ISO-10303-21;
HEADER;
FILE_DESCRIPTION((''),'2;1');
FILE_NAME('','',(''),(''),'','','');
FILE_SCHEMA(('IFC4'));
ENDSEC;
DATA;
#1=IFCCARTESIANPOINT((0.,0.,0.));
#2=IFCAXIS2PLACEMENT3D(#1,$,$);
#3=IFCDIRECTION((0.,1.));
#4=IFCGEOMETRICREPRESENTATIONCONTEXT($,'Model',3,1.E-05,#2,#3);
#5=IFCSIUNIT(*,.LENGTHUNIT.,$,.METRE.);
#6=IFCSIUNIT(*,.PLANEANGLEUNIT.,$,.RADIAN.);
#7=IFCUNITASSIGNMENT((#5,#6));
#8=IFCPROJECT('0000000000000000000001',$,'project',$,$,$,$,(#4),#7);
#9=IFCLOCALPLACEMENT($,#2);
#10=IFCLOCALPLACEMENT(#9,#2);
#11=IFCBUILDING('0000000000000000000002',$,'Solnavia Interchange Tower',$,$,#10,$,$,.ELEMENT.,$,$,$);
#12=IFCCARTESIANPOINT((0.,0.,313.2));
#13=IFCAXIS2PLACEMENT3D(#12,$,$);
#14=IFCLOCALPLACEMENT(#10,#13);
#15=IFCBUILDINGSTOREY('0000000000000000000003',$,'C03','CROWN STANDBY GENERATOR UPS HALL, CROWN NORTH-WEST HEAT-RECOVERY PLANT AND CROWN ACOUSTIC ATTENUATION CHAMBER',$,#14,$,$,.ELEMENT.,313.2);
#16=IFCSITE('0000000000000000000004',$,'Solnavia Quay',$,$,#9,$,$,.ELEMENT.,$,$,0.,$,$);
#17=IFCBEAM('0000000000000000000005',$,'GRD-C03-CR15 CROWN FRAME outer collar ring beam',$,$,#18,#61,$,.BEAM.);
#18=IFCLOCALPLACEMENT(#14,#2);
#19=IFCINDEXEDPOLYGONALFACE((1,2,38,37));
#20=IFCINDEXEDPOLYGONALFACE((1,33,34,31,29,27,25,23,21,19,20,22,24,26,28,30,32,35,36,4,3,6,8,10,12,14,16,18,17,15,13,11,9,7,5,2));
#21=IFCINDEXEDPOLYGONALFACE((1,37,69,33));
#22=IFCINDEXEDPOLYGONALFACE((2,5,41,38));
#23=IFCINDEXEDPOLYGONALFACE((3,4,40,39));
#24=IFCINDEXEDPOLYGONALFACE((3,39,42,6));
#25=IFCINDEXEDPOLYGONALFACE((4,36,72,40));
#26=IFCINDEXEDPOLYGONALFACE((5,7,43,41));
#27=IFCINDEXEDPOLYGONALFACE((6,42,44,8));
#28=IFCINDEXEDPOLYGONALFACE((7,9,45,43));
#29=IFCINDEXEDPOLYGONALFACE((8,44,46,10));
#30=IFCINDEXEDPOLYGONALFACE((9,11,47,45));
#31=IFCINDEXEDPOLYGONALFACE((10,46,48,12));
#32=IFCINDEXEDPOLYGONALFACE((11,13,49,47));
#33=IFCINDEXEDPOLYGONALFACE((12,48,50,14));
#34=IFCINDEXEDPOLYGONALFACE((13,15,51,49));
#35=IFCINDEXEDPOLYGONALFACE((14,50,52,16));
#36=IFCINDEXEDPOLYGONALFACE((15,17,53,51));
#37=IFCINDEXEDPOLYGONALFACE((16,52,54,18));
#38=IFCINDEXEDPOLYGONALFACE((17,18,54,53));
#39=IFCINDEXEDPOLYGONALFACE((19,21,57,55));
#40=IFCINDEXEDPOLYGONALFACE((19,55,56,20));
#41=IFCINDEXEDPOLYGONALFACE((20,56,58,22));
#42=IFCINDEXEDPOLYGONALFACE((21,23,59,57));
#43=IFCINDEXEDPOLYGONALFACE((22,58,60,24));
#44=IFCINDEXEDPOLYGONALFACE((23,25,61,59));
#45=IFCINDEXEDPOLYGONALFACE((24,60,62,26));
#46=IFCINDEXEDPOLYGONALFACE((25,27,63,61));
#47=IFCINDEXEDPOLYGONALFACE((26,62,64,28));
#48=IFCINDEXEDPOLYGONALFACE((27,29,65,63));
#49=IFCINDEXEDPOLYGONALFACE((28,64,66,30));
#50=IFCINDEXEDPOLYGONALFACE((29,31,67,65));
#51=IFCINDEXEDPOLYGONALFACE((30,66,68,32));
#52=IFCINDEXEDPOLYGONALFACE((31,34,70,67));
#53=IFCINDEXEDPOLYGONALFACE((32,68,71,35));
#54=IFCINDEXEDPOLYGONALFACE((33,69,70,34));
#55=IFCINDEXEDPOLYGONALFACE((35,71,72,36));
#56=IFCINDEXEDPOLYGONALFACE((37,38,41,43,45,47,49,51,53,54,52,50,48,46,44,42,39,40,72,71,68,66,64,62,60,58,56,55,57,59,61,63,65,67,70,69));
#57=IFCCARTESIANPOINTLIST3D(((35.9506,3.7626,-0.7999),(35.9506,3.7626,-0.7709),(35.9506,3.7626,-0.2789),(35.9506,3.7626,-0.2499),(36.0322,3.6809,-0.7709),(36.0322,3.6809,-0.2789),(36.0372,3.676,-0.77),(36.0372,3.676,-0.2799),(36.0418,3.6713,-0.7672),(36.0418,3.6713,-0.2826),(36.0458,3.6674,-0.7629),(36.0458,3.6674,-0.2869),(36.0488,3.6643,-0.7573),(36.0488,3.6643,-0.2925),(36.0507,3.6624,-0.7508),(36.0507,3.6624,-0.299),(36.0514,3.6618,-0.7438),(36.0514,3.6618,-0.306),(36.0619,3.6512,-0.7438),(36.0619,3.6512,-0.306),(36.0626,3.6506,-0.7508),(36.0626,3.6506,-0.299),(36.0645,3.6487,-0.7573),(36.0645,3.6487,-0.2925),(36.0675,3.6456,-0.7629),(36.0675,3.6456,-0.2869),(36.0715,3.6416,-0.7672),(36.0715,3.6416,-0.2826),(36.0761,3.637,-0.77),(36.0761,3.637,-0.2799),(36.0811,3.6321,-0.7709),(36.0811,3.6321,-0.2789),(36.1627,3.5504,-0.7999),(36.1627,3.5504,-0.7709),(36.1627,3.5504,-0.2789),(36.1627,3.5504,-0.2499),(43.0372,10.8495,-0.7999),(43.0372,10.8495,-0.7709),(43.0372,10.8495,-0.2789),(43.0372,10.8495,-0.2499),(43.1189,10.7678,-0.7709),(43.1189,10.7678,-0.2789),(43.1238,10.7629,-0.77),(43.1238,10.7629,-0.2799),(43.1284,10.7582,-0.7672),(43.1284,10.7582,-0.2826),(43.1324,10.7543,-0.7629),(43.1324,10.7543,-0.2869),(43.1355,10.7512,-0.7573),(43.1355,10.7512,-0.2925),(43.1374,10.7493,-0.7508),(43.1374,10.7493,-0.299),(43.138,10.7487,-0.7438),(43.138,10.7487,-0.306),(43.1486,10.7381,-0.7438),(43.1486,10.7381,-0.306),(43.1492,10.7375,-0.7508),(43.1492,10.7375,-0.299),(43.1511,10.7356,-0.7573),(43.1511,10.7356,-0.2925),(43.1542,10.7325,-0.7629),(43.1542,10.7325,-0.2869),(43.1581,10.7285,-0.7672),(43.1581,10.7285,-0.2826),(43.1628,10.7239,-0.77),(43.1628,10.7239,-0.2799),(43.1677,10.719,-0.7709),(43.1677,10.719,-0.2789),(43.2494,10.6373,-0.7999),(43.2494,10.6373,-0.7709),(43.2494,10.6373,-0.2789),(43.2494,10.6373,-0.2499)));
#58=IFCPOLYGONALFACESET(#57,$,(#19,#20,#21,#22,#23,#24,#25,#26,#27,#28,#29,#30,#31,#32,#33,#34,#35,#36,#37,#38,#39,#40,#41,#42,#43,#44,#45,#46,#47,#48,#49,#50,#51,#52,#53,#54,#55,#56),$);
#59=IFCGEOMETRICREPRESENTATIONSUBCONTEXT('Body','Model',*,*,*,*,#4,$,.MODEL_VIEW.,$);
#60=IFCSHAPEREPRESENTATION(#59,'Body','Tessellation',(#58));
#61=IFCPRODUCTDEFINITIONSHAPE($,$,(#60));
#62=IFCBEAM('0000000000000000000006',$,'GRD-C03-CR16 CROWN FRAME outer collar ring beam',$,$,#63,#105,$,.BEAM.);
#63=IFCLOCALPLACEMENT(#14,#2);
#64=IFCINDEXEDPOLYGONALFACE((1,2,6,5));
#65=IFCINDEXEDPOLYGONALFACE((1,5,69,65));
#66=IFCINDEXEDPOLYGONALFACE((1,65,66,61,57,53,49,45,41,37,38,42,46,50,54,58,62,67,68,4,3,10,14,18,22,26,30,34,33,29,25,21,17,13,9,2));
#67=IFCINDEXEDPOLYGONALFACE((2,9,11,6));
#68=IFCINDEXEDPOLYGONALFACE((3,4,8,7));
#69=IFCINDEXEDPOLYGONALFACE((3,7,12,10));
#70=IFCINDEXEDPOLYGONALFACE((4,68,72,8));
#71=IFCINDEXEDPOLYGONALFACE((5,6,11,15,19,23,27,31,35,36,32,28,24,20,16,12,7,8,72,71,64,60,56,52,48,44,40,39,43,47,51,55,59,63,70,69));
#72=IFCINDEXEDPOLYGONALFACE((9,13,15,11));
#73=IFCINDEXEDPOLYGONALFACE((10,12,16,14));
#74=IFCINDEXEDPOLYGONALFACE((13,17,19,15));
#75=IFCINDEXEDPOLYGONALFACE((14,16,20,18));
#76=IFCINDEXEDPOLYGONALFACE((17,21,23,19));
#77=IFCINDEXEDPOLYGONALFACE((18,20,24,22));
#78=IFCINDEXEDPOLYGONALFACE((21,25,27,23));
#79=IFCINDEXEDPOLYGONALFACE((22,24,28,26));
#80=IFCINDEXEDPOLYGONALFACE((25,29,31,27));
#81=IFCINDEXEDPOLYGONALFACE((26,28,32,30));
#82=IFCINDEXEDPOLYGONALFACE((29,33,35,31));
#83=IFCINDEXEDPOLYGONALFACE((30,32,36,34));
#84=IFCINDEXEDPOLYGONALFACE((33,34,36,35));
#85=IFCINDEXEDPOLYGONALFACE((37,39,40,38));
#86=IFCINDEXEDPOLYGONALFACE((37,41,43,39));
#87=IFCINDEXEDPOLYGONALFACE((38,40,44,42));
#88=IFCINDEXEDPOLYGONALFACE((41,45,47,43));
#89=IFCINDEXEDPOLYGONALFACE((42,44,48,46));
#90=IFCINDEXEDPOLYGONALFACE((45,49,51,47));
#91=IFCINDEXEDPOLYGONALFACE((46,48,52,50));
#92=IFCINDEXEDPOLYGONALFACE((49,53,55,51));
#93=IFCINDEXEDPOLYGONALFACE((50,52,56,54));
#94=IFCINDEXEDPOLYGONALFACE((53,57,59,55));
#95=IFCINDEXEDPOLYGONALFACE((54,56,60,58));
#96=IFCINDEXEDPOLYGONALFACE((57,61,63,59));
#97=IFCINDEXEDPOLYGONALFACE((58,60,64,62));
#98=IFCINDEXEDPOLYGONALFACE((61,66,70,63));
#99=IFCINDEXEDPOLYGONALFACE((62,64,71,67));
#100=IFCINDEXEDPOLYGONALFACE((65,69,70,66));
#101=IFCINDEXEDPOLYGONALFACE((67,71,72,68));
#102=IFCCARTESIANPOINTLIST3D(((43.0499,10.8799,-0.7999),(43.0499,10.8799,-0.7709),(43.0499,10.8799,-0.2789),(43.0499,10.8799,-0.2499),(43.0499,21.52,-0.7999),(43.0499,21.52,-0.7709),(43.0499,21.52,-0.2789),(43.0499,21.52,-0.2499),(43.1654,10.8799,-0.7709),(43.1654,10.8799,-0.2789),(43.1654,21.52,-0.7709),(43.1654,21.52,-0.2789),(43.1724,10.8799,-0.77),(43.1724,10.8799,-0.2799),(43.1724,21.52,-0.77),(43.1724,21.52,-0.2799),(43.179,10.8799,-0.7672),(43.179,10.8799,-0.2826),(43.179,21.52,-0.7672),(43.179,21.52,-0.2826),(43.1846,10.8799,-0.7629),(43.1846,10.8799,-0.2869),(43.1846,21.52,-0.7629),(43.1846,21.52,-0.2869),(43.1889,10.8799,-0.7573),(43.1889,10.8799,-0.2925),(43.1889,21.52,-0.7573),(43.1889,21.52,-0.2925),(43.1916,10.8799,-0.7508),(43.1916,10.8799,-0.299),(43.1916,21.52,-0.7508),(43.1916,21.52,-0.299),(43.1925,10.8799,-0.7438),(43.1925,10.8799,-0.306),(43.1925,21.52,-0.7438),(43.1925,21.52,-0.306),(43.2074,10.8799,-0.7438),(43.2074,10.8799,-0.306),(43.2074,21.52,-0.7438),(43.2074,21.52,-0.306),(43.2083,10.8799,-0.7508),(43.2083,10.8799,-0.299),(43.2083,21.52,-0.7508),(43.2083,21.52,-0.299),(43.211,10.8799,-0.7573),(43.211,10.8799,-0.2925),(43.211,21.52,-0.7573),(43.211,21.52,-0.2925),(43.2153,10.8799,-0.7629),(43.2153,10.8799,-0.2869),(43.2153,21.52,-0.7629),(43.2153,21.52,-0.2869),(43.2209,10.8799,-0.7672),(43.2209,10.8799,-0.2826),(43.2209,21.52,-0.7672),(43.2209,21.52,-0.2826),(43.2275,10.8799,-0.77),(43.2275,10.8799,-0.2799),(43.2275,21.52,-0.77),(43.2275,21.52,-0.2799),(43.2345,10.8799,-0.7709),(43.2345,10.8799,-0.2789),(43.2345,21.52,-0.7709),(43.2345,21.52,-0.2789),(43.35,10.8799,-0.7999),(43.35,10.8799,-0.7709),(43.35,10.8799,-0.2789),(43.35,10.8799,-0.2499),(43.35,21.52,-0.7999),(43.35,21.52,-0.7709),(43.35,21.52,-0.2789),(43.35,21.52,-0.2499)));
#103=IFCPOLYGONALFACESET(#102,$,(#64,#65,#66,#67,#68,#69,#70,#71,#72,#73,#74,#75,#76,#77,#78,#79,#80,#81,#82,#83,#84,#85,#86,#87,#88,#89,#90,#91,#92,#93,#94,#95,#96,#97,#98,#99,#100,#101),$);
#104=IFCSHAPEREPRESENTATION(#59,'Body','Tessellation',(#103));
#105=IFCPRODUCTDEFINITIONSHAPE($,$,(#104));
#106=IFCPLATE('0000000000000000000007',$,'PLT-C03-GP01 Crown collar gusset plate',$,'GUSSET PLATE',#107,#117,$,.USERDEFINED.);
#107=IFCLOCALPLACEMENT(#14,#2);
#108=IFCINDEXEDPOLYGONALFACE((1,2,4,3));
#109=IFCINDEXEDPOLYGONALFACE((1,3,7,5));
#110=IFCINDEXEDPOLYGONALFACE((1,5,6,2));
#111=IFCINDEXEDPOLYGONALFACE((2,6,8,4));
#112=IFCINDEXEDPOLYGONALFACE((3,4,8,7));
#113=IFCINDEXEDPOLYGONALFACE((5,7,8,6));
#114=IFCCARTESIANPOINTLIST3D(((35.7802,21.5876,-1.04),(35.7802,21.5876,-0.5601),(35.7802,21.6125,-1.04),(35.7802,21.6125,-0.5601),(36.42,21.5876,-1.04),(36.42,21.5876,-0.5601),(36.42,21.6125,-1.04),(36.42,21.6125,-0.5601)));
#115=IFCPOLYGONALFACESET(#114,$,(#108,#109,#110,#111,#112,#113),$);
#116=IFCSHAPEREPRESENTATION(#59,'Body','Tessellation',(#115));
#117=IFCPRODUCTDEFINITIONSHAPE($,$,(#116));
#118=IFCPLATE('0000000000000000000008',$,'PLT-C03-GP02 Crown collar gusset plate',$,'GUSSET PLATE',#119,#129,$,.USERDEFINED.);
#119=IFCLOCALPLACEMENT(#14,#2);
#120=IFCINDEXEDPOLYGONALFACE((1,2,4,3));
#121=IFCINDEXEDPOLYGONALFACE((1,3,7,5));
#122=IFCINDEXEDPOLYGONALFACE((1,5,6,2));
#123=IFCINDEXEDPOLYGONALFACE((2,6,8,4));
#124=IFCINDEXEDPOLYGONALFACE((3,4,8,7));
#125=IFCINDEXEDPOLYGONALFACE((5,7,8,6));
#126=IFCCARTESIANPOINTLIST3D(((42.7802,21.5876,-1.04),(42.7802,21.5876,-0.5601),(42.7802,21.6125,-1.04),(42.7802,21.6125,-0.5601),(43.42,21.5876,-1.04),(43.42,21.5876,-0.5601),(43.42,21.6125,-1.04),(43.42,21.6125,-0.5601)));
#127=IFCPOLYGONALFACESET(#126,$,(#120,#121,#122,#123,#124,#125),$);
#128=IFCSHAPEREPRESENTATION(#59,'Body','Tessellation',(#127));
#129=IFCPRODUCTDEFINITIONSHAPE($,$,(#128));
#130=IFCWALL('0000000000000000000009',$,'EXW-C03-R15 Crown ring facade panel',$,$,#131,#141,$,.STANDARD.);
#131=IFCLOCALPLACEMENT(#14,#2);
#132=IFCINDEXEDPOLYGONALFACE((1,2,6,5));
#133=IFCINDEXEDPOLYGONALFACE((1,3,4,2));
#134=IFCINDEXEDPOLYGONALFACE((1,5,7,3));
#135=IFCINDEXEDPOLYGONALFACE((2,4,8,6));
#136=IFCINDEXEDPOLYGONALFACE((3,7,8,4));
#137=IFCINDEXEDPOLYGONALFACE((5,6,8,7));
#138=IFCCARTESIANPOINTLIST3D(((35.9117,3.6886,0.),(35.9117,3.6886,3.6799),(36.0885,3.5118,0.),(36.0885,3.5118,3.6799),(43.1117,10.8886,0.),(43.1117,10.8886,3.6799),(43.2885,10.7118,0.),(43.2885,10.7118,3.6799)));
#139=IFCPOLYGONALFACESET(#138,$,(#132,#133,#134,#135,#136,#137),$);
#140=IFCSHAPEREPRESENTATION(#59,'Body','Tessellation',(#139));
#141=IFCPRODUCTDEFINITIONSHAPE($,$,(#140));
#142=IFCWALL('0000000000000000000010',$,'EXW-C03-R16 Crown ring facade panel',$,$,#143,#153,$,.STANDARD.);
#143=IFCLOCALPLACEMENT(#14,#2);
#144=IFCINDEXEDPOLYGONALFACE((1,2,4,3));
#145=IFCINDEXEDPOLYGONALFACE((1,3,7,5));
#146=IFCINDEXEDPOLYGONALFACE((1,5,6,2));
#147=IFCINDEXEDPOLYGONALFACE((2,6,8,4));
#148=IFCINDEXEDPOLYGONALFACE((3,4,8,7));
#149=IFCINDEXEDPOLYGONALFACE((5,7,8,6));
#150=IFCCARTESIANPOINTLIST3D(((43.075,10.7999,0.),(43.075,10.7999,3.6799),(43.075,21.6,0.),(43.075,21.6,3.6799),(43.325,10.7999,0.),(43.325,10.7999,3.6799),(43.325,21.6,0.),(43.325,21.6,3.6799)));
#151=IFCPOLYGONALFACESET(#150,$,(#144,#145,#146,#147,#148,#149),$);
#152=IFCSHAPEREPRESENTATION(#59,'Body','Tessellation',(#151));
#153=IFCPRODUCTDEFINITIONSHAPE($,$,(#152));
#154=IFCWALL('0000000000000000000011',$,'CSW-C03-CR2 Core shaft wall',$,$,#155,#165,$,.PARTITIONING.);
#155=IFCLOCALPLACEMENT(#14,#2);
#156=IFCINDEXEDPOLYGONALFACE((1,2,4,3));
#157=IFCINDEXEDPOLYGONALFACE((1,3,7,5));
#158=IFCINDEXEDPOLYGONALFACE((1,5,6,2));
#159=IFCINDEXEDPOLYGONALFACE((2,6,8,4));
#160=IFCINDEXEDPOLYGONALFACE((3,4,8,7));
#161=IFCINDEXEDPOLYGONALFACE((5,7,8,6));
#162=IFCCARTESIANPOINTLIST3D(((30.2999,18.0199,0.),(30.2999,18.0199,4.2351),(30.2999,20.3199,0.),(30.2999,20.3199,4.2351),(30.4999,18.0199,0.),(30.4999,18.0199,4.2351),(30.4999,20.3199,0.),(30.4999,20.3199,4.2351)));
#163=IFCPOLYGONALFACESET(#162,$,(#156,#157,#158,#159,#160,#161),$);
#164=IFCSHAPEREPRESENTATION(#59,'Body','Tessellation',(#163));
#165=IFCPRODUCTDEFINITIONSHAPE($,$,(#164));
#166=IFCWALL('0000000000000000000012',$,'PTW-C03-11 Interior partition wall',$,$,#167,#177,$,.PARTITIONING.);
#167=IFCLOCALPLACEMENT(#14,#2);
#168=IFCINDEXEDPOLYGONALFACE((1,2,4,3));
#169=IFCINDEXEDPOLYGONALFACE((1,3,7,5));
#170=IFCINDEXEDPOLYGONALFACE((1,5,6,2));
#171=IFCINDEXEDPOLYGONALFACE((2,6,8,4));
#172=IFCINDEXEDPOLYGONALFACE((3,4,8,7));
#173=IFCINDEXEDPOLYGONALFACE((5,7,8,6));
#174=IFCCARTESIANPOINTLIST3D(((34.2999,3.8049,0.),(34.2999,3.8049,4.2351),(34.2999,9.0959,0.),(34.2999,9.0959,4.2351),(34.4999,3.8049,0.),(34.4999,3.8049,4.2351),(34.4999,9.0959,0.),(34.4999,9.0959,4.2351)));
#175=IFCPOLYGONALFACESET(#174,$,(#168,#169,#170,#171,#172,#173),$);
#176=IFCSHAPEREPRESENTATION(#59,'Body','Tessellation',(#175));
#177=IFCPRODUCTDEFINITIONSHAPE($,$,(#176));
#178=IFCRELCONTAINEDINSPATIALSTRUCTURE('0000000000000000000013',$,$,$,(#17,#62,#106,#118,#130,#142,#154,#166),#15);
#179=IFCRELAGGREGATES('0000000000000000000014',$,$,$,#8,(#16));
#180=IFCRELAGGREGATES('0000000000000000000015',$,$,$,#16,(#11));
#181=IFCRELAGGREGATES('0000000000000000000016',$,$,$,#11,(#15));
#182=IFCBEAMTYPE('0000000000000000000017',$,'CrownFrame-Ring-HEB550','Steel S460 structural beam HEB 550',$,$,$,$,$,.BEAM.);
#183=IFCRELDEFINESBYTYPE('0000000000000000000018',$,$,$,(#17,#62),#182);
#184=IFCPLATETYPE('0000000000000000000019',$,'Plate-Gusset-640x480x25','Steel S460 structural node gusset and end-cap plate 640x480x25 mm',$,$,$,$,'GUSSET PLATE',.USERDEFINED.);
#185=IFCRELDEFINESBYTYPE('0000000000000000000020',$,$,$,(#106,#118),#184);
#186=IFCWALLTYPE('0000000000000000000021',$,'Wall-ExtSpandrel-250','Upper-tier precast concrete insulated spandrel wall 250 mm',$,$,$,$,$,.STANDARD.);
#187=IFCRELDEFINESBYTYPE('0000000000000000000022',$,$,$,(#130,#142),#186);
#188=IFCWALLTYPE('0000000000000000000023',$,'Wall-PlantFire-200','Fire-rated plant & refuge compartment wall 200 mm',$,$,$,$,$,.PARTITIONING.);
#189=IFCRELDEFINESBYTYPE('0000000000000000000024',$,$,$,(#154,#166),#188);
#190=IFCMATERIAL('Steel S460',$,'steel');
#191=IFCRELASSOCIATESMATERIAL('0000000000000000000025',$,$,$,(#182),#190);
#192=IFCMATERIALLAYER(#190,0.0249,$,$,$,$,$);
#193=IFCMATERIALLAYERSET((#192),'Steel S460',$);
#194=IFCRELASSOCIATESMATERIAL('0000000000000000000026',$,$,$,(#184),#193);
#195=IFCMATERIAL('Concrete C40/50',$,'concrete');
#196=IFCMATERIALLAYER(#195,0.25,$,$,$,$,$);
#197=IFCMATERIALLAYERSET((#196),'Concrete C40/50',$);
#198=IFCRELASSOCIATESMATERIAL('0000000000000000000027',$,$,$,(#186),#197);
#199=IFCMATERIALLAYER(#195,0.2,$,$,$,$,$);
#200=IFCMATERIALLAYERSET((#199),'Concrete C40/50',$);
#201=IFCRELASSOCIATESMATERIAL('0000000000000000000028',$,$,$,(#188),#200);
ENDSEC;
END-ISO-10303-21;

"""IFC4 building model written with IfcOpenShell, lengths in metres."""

from ifc_helpers import new_model, si_unit, direction, frame, frame_2d, origin, origin_2d, place, context, subcontext, project, spatial, rectangle, i_section, extrude, material, layer, layer_set, material_profile, profile_set, type_object, element, save


model = new_model("IFC4")

# Units and contexts
model_context = context("Model", 3, precision=1e-05, world=origin(), true_north=direction((0.0, 1.0)))
body_context = subcontext(model_context, "Body", "Model", "MODEL_VIEW")
ifc_project = project(units=[si_unit("LENGTHUNIT", "METRE"), si_unit("PLANEANGLEUNIT", "RADIAN")], contexts=[model_context])

# Site, building, storey
site_placement = place(None, origin())
site = spatial("IfcSite", under=ifc_project, at=site_placement, Name="Solnavia Quay", CompositionType="ELEMENT", RefElevation=0.0)
building_placement = place(site_placement, origin())
building = spatial("IfcBuilding", under=site, at=building_placement, Name="Solnavia Interchange Tower", CompositionType="ELEMENT")
storey_placement = place(building_placement, frame((0.0, 0.0, 313.2)))
storey = spatial("IfcBuildingStorey", under=building, at=storey_placement, Name="C03", Description="CROWN STANDBY GENERATOR UPS HALL, CROWN NORTH-WEST HEAT-RECOVERY PLANT AND CROWN ACOUSTIC ATTENUATION CHAMBER", CompositionType="ELEMENT", Elevation=313.2)

# Shared definitions
ifc_material_1 = material(Name="Steel S460", Category="steel")

# Beams
ifc_material_profile_1 = material_profile(ifc_material_1, i_section(OverallWidth=0.3, OverallDepth=0.55, WebThickness=0.0149, FlangeThickness=0.0291, FilletRadius=0.0271, at=origin_2d()), Name="HEB 550")
ifc_profile_set_1 = profile_set([ifc_material_profile_1], Name="Steel S460")
beam_type = type_object("IfcBeamType", Name="CrownFrame-Ring-HEB550", Description="Steel S460 structural beam HEB 550", PredefinedType="BEAM", material=ifc_profile_set_1)
beam_1_placement = place(storey_placement, frame((36.0566, 3.6565, -0.5249), z_axis=(0.707095, 0.707119, 0.0), x_axis=(-0.707119, 0.707095, 0.0)))
element("IfcBeam", 1, at=beam_1_placement, inside=storey, type_object=beam_type, Name="GRD-C03-CR15 CROWN FRAME outer collar ring beam", PredefinedType="BEAM", context=body_context, shape_type="SweptSolid", body=[
    extrude(i_section(OverallWidth=0.3, OverallDepth=0.55, WebThickness=0.0149, FlangeThickness=0.0291, FilletRadius=0.0271, at=origin_2d()), origin(), (0.0, 0.0, 1.0), 10.0222),
])
beam_2_placement = place(storey_placement, frame((43.2, 10.8799, -0.5249), z_axis=(0.0, 1.0, 0.0), x_axis=(-1.0, 0.0, 0.0)))
element("IfcBeam", 2, at=beam_2_placement, inside=storey, type_object=beam_type, Name="GRD-C03-CR16 CROWN FRAME outer collar ring beam", PredefinedType="BEAM", context=body_context, shape_type="SweptSolid", body=[
    extrude(i_section(OverallWidth=0.3, OverallDepth=0.55, WebThickness=0.0149, FlangeThickness=0.0291, FilletRadius=0.0271, at=origin_2d()), origin(), (0.0, 0.0, 1.0), 10.6401),
])

# Plates
ifc_layer_1 = layer(ifc_material_1, 0.0249)
ifc_layer_set_1 = layer_set([ifc_layer_1], Name="Steel S460")
plate_type = type_object("IfcPlateType", Name="Plate-Gusset-640x480x25", Description="Steel S460 structural node gusset and end-cap plate 640x480x25 mm", ElementType="GUSSET PLATE", PredefinedType="USERDEFINED", material=ifc_layer_set_1)
for number, where, z_axis, x_axis, name in (
    (3, (36.1001, 21.6001, -1.04), (0.0, 0.0, 1.0), (1.0, 0.0, 0.0), "PLT-C03-GP01 Crown collar gusset plate"),
    (4, (43.1001, 21.6001, -1.04), (0.0, 0.0, 1.0), (1.0, 0.0, 0.0), "PLT-C03-GP02 Crown collar gusset plate"),
):
    element("IfcPlate", number, at=place(storey_placement, frame(where, z_axis=z_axis, x_axis=x_axis)), inside=storey, type_object=plate_type, Name=name, ObjectType="GUSSET PLATE", PredefinedType="USERDEFINED", context=body_context, shape_type="SweptSolid", body=[
        extrude(rectangle(XDim=0.6399, YDim=0.0249, at=origin_2d()), origin(), (0.0, 0.0, 1.0), 0.48),
    ])

# Walls
ifc_material_2 = material(Name="Concrete C40/50", Category="concrete")
ifc_layer_2 = layer(ifc_material_2, 0.25)
ifc_layer_set_2 = layer_set([ifc_layer_2], Name="Concrete C40/50")
wall_type_1 = type_object("IfcWallType", Name="Wall-ExtSpandrel-250", Description="Upper-tier precast concrete insulated spandrel wall 250 mm", PredefinedType="STANDARD", material=ifc_layer_set_2)
wall_1_placement = place(storey_placement, frame((36.0, 3.6001, 0.0), z_axis=(0.0, 0.0, 1.0), x_axis=(0.707107, 0.707107, 0.0)))
element("IfcWall", 5, at=wall_1_placement, inside=storey, type_object=wall_type_1, Name="EXW-C03-R15 Crown ring facade panel", PredefinedType="STANDARD", context=body_context, shape_type="SweptSolid", body=[
    extrude(rectangle(XDim=10.1824, YDim=0.25, at=frame_2d((5.0913, 0.0))), origin(), (0.0, 0.0, 1.0), 3.6799),
])
wall_2_placement = place(storey_placement, frame((43.2, 10.8, 0.0), z_axis=(0.0, 0.0, 1.0), x_axis=(0.0, 1.0, 0.0)))
element("IfcWall", 6, at=wall_2_placement, inside=storey, type_object=wall_type_1, Name="EXW-C03-R16 Crown ring facade panel", PredefinedType="STANDARD", context=body_context, shape_type="SweptSolid", body=[
    extrude(rectangle(XDim=10.8, YDim=0.25, at=frame_2d((5.3999, 0.0))), origin(), (0.0, 0.0, 1.0), 3.6799),
])
ifc_layer_3 = layer(ifc_material_2, 0.2)
ifc_layer_set_3 = layer_set([ifc_layer_3], Name="Concrete C40/50")
wall_type_2 = type_object("IfcWallType", Name="Wall-PlantFire-200", Description="Fire-rated plant & refuge compartment wall 200 mm", PredefinedType="PARTITIONING", material=ifc_layer_set_3)
wall_3_placement = place(storey_placement, frame((30.3999, 18.02, 0.0), z_axis=(0.0, 0.0, 1.0), x_axis=(0.0, 1.0, 0.0)))
element("IfcWall", 7, at=wall_3_placement, inside=storey, type_object=wall_type_2, Name="CSW-C03-CR2 Core shaft wall", PredefinedType="PARTITIONING", context=body_context, shape_type="SweptSolid", body=[
    extrude(rectangle(XDim=2.3, YDim=0.2, at=frame_2d((1.1499, 0.0))), origin(), (0.0, 0.0, 1.0), 4.2351),
])
wall_4_placement = place(storey_placement, frame((34.3999, 3.8049, 0.0), z_axis=(0.0, 0.0, 1.0), x_axis=(0.0, 1.0, 0.0)))
element("IfcWall", 8, at=wall_4_placement, inside=storey, type_object=wall_type_2, Name="PTW-C03-11 Interior partition wall", PredefinedType="PARTITIONING", context=body_context, shape_type="SweptSolid", body=[
    extrude(rectangle(XDim=5.291, YDim=0.2, at=frame_2d((2.6455, 0.0))), origin(), (0.0, 0.0, 1.0), 4.2351),
])

save(model, "model.ifc")
